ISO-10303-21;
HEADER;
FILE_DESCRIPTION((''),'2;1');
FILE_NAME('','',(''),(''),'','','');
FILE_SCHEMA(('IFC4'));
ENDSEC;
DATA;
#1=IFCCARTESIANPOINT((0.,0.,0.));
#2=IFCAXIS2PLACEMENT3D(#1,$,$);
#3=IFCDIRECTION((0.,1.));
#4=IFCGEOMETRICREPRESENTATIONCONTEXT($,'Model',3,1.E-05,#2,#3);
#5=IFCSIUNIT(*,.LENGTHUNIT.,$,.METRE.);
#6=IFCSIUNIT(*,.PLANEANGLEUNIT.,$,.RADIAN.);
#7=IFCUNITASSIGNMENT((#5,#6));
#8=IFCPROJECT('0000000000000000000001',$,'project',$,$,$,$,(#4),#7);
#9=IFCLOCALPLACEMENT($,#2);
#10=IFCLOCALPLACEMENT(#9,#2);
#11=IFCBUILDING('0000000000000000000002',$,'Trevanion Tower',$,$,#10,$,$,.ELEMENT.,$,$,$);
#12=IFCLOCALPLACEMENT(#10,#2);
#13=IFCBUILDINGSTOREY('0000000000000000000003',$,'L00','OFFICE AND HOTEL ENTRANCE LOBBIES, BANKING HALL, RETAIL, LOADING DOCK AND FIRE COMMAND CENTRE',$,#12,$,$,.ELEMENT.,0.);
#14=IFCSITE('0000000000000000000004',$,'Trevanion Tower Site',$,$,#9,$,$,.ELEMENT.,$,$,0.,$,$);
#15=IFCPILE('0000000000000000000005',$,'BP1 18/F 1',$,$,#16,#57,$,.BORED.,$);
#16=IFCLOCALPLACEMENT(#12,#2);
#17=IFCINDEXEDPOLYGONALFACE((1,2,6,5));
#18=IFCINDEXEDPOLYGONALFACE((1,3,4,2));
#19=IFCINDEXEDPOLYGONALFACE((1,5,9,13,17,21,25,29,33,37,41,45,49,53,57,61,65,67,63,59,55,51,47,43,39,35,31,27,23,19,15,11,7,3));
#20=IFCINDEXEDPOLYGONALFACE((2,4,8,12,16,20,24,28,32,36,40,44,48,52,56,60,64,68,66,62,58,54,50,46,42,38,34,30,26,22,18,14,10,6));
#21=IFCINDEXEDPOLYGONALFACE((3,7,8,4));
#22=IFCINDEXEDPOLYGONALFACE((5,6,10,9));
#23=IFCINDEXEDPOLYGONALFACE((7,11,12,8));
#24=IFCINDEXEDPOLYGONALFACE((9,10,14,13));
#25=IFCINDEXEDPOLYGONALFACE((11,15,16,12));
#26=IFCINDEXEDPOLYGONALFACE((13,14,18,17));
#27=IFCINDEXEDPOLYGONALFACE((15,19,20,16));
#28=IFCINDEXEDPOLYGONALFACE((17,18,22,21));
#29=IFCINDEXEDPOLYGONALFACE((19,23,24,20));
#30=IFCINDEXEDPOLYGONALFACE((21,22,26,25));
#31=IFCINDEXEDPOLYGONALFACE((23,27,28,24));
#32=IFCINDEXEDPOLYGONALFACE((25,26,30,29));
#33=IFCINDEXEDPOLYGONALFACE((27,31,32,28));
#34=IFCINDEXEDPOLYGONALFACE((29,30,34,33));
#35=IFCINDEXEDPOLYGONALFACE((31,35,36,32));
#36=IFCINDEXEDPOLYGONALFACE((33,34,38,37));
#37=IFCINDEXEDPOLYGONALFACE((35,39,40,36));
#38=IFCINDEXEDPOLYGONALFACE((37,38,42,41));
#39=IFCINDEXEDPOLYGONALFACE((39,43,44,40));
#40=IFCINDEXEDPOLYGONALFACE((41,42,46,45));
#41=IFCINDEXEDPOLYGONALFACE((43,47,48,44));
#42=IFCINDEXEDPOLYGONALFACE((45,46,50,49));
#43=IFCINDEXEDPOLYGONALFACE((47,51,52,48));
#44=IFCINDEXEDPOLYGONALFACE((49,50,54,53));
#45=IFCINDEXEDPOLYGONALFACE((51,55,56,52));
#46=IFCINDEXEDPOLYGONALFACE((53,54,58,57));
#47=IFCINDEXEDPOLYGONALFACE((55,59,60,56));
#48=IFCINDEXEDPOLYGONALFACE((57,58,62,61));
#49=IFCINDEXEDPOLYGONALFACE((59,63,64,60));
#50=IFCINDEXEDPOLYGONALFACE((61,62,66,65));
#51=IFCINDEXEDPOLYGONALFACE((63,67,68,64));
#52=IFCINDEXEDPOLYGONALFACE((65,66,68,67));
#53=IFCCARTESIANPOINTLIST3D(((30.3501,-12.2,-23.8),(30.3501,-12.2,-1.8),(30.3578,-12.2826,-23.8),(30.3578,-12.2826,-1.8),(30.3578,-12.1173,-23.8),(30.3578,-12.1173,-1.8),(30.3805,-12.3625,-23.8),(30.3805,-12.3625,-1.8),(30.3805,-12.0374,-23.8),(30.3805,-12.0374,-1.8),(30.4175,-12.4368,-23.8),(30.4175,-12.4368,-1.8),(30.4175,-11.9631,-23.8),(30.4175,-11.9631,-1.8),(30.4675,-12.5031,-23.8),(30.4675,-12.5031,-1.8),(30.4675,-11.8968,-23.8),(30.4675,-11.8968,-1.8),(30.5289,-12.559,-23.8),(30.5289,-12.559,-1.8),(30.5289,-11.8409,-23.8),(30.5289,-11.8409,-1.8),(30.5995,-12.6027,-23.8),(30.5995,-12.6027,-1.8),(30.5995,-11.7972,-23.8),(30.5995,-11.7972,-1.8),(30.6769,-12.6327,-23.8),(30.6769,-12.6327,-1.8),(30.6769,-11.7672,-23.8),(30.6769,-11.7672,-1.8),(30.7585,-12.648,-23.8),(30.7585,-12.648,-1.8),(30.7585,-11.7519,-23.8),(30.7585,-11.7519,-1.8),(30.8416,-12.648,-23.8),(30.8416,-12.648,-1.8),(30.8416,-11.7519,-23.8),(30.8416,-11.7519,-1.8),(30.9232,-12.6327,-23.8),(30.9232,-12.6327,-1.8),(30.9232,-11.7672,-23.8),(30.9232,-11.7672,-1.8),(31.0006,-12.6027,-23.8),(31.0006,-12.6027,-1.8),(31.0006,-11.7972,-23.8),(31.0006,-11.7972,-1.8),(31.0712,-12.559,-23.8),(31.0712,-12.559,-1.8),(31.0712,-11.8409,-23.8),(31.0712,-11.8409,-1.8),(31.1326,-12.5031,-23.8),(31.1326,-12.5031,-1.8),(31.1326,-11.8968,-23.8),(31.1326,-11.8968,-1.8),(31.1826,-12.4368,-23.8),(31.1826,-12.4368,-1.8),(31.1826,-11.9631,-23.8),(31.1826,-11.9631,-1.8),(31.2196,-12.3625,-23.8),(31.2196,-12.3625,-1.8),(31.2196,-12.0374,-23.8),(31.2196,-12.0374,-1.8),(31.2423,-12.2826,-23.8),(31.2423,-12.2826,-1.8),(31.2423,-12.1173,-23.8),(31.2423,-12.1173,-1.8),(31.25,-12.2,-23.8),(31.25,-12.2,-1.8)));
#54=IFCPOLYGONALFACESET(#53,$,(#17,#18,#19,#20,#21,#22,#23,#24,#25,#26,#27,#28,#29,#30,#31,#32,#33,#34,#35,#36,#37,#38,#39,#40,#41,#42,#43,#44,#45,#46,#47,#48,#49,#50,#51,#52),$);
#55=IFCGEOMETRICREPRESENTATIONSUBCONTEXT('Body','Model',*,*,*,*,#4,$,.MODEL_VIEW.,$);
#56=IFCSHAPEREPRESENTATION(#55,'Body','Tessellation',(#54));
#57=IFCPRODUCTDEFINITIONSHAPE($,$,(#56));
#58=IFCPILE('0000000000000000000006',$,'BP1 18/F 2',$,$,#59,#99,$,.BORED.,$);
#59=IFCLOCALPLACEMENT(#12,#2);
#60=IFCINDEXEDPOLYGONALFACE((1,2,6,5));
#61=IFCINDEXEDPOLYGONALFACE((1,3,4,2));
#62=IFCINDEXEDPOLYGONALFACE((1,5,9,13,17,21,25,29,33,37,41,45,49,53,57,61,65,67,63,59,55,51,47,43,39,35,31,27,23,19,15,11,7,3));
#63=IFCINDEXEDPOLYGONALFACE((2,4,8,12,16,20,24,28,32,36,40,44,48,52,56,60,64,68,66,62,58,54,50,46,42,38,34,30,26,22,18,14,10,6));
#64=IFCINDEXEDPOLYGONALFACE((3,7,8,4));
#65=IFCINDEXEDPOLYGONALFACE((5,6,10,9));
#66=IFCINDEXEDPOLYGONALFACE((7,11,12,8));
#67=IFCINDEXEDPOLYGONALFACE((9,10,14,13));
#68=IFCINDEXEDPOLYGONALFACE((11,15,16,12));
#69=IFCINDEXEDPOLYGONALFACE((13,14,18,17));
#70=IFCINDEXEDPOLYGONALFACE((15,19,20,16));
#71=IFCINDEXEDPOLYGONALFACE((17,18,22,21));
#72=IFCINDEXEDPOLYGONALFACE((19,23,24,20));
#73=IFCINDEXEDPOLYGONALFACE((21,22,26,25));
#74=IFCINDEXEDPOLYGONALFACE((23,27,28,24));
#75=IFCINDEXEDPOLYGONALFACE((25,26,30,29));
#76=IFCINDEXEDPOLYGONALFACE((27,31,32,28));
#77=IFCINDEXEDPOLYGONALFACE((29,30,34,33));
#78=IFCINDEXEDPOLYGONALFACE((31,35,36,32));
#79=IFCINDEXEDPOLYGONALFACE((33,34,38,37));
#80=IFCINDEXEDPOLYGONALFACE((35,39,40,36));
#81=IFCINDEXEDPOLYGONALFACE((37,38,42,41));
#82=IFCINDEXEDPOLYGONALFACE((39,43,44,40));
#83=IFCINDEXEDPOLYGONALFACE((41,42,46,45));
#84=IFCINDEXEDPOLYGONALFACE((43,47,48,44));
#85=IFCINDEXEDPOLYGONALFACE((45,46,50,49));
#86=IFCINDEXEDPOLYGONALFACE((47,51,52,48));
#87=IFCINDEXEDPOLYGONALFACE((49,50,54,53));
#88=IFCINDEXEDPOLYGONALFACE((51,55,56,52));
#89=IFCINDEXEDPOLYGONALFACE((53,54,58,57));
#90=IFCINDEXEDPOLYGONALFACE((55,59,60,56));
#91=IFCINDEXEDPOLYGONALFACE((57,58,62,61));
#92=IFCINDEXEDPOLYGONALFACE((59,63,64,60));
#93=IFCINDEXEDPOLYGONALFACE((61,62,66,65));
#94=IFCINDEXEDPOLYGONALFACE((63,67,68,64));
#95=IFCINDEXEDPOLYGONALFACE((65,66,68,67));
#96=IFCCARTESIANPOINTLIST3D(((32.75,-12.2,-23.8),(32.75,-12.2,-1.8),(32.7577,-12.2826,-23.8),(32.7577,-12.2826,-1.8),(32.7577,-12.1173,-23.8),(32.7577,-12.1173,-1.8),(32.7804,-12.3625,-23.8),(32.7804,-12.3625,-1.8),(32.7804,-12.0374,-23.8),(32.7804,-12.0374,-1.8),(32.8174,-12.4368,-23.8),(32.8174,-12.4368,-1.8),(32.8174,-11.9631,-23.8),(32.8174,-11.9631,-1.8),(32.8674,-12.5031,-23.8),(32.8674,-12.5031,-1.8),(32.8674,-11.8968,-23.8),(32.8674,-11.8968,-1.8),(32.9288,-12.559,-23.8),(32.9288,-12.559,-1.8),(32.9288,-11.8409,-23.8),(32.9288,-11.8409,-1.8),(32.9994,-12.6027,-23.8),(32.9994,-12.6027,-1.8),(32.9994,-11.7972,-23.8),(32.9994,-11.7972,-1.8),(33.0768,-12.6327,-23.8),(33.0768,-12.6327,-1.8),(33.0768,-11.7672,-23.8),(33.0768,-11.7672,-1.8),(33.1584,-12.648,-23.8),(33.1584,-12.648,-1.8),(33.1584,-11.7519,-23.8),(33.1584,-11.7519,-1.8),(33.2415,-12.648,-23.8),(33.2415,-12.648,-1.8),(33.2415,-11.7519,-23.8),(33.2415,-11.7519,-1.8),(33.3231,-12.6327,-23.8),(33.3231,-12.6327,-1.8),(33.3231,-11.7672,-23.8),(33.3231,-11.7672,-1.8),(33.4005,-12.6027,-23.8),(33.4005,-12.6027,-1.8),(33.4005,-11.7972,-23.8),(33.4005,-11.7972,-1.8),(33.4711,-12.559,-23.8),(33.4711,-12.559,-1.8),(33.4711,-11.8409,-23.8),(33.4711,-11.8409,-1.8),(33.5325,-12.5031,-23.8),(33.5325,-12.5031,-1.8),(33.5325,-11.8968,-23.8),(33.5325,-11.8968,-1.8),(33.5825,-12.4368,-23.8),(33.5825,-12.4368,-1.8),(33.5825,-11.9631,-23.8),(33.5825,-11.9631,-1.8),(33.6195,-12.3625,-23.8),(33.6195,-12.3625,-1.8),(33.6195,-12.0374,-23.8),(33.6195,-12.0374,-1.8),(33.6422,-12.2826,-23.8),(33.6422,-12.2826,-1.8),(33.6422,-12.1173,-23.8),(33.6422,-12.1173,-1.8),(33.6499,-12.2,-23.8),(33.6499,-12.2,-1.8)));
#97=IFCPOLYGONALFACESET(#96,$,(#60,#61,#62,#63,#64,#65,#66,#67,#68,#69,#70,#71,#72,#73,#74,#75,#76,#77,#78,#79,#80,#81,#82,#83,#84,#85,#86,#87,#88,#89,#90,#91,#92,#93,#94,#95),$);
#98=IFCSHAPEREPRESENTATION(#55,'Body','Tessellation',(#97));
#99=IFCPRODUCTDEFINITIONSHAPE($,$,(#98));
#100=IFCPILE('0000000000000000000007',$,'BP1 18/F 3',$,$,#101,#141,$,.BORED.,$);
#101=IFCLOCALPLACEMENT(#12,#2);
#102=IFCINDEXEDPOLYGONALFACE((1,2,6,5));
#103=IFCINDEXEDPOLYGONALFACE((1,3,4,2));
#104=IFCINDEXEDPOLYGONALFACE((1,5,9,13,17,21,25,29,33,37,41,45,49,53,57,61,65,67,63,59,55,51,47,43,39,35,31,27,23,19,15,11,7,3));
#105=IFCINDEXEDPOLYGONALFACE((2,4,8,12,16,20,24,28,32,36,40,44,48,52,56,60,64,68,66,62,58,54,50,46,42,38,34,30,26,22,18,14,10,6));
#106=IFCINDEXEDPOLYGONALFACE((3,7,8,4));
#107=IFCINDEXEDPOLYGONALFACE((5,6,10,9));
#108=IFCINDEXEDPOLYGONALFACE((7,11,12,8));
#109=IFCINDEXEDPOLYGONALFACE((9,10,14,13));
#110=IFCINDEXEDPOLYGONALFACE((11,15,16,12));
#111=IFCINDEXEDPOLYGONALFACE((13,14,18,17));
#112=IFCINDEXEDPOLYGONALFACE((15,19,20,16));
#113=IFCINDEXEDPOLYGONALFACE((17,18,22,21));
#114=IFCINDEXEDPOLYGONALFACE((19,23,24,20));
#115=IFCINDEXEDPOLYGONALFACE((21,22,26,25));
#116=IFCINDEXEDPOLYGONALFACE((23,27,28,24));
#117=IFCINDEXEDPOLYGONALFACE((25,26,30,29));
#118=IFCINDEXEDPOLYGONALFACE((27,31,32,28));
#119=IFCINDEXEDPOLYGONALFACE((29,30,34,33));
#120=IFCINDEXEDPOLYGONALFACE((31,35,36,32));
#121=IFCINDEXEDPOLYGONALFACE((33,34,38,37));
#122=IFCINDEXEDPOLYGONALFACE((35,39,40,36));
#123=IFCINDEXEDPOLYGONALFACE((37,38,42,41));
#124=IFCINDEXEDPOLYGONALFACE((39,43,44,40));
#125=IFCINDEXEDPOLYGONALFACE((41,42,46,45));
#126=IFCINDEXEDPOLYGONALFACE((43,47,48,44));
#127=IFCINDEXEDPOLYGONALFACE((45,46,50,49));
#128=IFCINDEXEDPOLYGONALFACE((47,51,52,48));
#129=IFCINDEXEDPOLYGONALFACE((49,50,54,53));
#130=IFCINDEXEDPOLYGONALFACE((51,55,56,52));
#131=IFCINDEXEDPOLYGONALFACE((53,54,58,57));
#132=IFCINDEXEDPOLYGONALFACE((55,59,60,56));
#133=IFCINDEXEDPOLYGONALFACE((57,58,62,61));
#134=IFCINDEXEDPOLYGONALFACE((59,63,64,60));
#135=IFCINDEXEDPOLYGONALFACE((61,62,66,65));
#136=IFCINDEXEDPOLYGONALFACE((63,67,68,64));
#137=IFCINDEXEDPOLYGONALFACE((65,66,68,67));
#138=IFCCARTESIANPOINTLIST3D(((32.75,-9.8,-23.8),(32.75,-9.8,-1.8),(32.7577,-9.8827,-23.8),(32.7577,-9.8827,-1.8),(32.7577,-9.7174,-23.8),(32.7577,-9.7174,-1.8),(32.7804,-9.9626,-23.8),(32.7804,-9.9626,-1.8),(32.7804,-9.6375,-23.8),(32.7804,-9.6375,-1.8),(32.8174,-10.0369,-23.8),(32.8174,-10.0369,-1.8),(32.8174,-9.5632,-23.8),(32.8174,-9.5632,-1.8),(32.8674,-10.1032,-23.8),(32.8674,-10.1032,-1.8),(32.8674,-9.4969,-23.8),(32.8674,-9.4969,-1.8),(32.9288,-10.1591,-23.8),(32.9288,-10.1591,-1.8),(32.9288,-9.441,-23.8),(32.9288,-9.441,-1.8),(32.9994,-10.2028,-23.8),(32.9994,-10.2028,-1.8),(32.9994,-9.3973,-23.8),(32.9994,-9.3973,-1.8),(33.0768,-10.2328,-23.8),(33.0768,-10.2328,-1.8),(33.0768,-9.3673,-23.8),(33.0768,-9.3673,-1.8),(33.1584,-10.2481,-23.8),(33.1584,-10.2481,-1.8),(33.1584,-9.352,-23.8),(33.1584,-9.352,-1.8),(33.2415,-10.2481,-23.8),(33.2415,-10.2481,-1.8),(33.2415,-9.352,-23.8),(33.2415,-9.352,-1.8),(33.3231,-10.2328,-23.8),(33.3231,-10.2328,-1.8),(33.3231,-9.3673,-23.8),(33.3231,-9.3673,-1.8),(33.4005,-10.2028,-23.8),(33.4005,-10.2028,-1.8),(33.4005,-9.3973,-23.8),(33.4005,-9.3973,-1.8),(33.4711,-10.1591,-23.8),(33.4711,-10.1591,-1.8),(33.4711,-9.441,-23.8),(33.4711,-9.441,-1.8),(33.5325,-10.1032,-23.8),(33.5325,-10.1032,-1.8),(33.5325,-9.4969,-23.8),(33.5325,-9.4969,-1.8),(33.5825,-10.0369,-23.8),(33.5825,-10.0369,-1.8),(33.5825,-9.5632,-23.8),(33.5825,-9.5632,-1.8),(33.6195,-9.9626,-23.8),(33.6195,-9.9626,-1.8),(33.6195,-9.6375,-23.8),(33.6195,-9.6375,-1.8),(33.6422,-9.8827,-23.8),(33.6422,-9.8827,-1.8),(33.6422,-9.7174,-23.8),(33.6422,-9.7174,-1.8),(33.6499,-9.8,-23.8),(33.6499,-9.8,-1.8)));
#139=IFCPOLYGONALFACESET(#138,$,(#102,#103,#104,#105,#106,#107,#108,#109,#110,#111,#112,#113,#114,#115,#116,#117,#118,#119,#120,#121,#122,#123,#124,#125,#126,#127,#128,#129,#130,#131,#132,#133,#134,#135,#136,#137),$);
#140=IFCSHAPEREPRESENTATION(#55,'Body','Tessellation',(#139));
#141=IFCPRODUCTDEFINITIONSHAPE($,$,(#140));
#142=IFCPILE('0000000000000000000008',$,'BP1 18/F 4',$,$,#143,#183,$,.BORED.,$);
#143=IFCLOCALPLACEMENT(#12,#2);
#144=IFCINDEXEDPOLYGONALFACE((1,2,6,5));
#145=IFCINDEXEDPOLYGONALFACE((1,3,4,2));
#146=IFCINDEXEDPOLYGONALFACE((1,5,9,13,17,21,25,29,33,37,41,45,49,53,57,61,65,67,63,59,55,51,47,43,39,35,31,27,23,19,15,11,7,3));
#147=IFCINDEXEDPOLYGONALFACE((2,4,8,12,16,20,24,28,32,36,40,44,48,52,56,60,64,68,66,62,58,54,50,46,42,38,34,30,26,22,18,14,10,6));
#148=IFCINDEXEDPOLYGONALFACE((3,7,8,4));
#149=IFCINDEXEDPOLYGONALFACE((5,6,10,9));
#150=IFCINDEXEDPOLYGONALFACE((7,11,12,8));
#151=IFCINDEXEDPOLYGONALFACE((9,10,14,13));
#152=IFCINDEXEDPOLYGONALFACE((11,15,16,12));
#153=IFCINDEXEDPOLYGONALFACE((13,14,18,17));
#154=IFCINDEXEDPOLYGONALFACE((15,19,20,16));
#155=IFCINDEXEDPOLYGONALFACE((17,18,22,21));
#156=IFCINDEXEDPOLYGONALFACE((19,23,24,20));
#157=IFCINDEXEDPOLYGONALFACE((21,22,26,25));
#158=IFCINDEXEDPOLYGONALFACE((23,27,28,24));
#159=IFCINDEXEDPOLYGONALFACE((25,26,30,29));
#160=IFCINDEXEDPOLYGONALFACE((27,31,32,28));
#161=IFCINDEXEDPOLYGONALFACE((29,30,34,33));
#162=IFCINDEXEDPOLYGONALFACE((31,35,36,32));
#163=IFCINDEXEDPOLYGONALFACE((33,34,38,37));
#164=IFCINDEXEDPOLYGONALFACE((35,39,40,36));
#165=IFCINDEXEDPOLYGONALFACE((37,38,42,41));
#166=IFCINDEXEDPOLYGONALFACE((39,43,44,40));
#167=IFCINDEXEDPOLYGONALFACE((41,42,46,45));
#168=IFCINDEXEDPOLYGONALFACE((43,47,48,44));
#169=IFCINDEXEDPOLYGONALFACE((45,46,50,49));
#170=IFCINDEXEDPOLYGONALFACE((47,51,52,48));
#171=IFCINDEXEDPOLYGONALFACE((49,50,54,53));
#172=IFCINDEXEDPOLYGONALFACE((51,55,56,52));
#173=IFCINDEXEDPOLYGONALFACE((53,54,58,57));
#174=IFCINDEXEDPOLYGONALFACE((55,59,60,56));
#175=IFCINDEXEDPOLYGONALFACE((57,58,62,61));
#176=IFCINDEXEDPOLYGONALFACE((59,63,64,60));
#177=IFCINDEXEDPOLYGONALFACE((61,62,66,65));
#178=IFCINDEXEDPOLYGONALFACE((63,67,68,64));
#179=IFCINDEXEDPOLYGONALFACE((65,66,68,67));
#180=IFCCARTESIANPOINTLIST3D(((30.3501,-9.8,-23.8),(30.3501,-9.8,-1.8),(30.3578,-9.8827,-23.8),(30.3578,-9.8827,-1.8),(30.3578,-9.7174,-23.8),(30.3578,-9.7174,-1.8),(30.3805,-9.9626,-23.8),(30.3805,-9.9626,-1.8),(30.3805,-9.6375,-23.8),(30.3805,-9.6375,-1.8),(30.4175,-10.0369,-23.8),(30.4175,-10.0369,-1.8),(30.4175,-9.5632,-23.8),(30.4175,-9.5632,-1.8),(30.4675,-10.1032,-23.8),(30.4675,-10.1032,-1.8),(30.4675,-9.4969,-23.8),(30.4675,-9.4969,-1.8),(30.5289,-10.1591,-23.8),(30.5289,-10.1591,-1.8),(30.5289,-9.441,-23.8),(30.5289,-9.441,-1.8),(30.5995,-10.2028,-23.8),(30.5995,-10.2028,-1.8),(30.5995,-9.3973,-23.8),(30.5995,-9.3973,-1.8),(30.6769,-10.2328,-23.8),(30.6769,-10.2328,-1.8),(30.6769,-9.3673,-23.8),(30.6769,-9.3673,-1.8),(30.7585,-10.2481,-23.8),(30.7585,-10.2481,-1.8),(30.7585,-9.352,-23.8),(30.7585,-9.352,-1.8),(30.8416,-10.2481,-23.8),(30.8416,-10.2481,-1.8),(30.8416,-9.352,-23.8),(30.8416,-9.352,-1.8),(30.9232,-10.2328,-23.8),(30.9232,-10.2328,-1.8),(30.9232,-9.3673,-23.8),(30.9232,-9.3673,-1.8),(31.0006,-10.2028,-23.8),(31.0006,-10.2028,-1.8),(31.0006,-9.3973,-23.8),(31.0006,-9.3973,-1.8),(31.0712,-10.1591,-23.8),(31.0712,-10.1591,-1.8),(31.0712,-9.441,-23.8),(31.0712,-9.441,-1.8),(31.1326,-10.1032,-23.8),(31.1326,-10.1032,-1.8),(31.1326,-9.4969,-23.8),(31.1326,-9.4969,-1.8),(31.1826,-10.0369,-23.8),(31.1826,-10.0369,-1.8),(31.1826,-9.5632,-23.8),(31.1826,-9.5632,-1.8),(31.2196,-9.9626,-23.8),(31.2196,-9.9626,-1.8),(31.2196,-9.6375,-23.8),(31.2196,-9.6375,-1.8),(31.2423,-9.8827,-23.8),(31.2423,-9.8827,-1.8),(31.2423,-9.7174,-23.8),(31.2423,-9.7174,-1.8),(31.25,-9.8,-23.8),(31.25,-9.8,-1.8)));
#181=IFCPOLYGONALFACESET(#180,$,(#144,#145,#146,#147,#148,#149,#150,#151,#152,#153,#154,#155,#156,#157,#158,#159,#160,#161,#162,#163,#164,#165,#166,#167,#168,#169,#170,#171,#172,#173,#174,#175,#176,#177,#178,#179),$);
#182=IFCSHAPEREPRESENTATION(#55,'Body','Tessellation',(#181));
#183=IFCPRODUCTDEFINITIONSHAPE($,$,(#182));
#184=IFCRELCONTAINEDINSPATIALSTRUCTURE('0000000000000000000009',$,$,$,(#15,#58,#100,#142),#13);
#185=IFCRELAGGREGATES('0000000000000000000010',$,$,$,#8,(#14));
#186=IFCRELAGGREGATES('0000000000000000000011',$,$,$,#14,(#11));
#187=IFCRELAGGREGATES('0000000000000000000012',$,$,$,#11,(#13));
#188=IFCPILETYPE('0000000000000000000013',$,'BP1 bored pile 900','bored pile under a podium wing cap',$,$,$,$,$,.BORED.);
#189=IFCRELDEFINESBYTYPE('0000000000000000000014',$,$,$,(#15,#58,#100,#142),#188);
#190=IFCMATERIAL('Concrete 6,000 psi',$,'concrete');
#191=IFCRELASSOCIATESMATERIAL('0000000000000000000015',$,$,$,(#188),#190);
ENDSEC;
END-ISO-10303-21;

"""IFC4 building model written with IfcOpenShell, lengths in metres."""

from ifc_helpers import new_model, si_unit, direction, frame, origin, origin_2d, place, context, subcontext, project, spatial, circle, extrude, material, material_profile, profile_set, type_object, element, save


model = new_model("IFC4")

# Units and contexts
model_context = context("Model", 3, precision=1e-05, world=origin(), true_north=direction((0.0, 1.0)))
body_context = subcontext(model_context, "Body", "Model", "MODEL_VIEW")
ifc_project = project(units=[si_unit("LENGTHUNIT", "METRE"), si_unit("PLANEANGLEUNIT", "RADIAN")], contexts=[model_context])

# Site, building, storey
site_placement = place(None, origin())
site = spatial("IfcSite", under=ifc_project, at=site_placement, Name="Trevanion Tower Site", CompositionType="ELEMENT", RefElevation=0.0)
building_placement = place(site_placement, origin())
building = spatial("IfcBuilding", under=site, at=building_placement, Name="Trevanion Tower", CompositionType="ELEMENT")
storey_placement = place(building_placement, origin())
storey = spatial("IfcBuildingStorey", under=building, at=storey_placement, Name="L00", Description="OFFICE AND HOTEL ENTRANCE LOBBIES, BANKING HALL, RETAIL, LOADING DOCK AND FIRE COMMAND CENTRE", CompositionType="ELEMENT", Elevation=0.0)

# Piles
ifc_material_1 = material(Name="Concrete 6,000 psi", Category="concrete")
ifc_material_profile_1 = material_profile(ifc_material_1, circle(Radius=0.45, at=origin_2d()), Name="BP1 bored pile 900")
ifc_profile_set_1 = profile_set([ifc_material_profile_1], Name="Concrete 6,000 psi")
pile_type = type_object("IfcPileType", Name="BP1 bored pile 900", Description="bored pile under a podium wing cap", PredefinedType="BORED", material=ifc_profile_set_1)
for number, where, z_axis, x_axis, name in (
    (1, (30.8, -12.2, -1.8), (0.0, 0.0, -1.0), (1.0, 0.0, 0.0), "BP1 18/F 1"),
    (2, (33.2, -12.2, -1.8), (0.0, 0.0, -1.0), (1.0, 0.0, 0.0), "BP1 18/F 2"),
    (3, (33.2, -9.8, -1.8), (0.0, 0.0, -1.0), (1.0, 0.0, 0.0), "BP1 18/F 3"),
    (4, (30.8, -9.8, -1.8), (0.0, 0.0, -1.0), (1.0, 0.0, 0.0), "BP1 18/F 4"),
):
    element("IfcPile", number, at=place(storey_placement, frame(where, z_axis=z_axis, x_axis=x_axis)), inside=storey, type_object=pile_type, Name=name, PredefinedType="BORED", context=body_context, shape_type="SweptSolid", body=[
        extrude(circle(Radius=0.45, at=origin_2d()), origin(), (0.0, 0.0, 1.0), 22.0),
    ])

save(model, "model.ifc")
